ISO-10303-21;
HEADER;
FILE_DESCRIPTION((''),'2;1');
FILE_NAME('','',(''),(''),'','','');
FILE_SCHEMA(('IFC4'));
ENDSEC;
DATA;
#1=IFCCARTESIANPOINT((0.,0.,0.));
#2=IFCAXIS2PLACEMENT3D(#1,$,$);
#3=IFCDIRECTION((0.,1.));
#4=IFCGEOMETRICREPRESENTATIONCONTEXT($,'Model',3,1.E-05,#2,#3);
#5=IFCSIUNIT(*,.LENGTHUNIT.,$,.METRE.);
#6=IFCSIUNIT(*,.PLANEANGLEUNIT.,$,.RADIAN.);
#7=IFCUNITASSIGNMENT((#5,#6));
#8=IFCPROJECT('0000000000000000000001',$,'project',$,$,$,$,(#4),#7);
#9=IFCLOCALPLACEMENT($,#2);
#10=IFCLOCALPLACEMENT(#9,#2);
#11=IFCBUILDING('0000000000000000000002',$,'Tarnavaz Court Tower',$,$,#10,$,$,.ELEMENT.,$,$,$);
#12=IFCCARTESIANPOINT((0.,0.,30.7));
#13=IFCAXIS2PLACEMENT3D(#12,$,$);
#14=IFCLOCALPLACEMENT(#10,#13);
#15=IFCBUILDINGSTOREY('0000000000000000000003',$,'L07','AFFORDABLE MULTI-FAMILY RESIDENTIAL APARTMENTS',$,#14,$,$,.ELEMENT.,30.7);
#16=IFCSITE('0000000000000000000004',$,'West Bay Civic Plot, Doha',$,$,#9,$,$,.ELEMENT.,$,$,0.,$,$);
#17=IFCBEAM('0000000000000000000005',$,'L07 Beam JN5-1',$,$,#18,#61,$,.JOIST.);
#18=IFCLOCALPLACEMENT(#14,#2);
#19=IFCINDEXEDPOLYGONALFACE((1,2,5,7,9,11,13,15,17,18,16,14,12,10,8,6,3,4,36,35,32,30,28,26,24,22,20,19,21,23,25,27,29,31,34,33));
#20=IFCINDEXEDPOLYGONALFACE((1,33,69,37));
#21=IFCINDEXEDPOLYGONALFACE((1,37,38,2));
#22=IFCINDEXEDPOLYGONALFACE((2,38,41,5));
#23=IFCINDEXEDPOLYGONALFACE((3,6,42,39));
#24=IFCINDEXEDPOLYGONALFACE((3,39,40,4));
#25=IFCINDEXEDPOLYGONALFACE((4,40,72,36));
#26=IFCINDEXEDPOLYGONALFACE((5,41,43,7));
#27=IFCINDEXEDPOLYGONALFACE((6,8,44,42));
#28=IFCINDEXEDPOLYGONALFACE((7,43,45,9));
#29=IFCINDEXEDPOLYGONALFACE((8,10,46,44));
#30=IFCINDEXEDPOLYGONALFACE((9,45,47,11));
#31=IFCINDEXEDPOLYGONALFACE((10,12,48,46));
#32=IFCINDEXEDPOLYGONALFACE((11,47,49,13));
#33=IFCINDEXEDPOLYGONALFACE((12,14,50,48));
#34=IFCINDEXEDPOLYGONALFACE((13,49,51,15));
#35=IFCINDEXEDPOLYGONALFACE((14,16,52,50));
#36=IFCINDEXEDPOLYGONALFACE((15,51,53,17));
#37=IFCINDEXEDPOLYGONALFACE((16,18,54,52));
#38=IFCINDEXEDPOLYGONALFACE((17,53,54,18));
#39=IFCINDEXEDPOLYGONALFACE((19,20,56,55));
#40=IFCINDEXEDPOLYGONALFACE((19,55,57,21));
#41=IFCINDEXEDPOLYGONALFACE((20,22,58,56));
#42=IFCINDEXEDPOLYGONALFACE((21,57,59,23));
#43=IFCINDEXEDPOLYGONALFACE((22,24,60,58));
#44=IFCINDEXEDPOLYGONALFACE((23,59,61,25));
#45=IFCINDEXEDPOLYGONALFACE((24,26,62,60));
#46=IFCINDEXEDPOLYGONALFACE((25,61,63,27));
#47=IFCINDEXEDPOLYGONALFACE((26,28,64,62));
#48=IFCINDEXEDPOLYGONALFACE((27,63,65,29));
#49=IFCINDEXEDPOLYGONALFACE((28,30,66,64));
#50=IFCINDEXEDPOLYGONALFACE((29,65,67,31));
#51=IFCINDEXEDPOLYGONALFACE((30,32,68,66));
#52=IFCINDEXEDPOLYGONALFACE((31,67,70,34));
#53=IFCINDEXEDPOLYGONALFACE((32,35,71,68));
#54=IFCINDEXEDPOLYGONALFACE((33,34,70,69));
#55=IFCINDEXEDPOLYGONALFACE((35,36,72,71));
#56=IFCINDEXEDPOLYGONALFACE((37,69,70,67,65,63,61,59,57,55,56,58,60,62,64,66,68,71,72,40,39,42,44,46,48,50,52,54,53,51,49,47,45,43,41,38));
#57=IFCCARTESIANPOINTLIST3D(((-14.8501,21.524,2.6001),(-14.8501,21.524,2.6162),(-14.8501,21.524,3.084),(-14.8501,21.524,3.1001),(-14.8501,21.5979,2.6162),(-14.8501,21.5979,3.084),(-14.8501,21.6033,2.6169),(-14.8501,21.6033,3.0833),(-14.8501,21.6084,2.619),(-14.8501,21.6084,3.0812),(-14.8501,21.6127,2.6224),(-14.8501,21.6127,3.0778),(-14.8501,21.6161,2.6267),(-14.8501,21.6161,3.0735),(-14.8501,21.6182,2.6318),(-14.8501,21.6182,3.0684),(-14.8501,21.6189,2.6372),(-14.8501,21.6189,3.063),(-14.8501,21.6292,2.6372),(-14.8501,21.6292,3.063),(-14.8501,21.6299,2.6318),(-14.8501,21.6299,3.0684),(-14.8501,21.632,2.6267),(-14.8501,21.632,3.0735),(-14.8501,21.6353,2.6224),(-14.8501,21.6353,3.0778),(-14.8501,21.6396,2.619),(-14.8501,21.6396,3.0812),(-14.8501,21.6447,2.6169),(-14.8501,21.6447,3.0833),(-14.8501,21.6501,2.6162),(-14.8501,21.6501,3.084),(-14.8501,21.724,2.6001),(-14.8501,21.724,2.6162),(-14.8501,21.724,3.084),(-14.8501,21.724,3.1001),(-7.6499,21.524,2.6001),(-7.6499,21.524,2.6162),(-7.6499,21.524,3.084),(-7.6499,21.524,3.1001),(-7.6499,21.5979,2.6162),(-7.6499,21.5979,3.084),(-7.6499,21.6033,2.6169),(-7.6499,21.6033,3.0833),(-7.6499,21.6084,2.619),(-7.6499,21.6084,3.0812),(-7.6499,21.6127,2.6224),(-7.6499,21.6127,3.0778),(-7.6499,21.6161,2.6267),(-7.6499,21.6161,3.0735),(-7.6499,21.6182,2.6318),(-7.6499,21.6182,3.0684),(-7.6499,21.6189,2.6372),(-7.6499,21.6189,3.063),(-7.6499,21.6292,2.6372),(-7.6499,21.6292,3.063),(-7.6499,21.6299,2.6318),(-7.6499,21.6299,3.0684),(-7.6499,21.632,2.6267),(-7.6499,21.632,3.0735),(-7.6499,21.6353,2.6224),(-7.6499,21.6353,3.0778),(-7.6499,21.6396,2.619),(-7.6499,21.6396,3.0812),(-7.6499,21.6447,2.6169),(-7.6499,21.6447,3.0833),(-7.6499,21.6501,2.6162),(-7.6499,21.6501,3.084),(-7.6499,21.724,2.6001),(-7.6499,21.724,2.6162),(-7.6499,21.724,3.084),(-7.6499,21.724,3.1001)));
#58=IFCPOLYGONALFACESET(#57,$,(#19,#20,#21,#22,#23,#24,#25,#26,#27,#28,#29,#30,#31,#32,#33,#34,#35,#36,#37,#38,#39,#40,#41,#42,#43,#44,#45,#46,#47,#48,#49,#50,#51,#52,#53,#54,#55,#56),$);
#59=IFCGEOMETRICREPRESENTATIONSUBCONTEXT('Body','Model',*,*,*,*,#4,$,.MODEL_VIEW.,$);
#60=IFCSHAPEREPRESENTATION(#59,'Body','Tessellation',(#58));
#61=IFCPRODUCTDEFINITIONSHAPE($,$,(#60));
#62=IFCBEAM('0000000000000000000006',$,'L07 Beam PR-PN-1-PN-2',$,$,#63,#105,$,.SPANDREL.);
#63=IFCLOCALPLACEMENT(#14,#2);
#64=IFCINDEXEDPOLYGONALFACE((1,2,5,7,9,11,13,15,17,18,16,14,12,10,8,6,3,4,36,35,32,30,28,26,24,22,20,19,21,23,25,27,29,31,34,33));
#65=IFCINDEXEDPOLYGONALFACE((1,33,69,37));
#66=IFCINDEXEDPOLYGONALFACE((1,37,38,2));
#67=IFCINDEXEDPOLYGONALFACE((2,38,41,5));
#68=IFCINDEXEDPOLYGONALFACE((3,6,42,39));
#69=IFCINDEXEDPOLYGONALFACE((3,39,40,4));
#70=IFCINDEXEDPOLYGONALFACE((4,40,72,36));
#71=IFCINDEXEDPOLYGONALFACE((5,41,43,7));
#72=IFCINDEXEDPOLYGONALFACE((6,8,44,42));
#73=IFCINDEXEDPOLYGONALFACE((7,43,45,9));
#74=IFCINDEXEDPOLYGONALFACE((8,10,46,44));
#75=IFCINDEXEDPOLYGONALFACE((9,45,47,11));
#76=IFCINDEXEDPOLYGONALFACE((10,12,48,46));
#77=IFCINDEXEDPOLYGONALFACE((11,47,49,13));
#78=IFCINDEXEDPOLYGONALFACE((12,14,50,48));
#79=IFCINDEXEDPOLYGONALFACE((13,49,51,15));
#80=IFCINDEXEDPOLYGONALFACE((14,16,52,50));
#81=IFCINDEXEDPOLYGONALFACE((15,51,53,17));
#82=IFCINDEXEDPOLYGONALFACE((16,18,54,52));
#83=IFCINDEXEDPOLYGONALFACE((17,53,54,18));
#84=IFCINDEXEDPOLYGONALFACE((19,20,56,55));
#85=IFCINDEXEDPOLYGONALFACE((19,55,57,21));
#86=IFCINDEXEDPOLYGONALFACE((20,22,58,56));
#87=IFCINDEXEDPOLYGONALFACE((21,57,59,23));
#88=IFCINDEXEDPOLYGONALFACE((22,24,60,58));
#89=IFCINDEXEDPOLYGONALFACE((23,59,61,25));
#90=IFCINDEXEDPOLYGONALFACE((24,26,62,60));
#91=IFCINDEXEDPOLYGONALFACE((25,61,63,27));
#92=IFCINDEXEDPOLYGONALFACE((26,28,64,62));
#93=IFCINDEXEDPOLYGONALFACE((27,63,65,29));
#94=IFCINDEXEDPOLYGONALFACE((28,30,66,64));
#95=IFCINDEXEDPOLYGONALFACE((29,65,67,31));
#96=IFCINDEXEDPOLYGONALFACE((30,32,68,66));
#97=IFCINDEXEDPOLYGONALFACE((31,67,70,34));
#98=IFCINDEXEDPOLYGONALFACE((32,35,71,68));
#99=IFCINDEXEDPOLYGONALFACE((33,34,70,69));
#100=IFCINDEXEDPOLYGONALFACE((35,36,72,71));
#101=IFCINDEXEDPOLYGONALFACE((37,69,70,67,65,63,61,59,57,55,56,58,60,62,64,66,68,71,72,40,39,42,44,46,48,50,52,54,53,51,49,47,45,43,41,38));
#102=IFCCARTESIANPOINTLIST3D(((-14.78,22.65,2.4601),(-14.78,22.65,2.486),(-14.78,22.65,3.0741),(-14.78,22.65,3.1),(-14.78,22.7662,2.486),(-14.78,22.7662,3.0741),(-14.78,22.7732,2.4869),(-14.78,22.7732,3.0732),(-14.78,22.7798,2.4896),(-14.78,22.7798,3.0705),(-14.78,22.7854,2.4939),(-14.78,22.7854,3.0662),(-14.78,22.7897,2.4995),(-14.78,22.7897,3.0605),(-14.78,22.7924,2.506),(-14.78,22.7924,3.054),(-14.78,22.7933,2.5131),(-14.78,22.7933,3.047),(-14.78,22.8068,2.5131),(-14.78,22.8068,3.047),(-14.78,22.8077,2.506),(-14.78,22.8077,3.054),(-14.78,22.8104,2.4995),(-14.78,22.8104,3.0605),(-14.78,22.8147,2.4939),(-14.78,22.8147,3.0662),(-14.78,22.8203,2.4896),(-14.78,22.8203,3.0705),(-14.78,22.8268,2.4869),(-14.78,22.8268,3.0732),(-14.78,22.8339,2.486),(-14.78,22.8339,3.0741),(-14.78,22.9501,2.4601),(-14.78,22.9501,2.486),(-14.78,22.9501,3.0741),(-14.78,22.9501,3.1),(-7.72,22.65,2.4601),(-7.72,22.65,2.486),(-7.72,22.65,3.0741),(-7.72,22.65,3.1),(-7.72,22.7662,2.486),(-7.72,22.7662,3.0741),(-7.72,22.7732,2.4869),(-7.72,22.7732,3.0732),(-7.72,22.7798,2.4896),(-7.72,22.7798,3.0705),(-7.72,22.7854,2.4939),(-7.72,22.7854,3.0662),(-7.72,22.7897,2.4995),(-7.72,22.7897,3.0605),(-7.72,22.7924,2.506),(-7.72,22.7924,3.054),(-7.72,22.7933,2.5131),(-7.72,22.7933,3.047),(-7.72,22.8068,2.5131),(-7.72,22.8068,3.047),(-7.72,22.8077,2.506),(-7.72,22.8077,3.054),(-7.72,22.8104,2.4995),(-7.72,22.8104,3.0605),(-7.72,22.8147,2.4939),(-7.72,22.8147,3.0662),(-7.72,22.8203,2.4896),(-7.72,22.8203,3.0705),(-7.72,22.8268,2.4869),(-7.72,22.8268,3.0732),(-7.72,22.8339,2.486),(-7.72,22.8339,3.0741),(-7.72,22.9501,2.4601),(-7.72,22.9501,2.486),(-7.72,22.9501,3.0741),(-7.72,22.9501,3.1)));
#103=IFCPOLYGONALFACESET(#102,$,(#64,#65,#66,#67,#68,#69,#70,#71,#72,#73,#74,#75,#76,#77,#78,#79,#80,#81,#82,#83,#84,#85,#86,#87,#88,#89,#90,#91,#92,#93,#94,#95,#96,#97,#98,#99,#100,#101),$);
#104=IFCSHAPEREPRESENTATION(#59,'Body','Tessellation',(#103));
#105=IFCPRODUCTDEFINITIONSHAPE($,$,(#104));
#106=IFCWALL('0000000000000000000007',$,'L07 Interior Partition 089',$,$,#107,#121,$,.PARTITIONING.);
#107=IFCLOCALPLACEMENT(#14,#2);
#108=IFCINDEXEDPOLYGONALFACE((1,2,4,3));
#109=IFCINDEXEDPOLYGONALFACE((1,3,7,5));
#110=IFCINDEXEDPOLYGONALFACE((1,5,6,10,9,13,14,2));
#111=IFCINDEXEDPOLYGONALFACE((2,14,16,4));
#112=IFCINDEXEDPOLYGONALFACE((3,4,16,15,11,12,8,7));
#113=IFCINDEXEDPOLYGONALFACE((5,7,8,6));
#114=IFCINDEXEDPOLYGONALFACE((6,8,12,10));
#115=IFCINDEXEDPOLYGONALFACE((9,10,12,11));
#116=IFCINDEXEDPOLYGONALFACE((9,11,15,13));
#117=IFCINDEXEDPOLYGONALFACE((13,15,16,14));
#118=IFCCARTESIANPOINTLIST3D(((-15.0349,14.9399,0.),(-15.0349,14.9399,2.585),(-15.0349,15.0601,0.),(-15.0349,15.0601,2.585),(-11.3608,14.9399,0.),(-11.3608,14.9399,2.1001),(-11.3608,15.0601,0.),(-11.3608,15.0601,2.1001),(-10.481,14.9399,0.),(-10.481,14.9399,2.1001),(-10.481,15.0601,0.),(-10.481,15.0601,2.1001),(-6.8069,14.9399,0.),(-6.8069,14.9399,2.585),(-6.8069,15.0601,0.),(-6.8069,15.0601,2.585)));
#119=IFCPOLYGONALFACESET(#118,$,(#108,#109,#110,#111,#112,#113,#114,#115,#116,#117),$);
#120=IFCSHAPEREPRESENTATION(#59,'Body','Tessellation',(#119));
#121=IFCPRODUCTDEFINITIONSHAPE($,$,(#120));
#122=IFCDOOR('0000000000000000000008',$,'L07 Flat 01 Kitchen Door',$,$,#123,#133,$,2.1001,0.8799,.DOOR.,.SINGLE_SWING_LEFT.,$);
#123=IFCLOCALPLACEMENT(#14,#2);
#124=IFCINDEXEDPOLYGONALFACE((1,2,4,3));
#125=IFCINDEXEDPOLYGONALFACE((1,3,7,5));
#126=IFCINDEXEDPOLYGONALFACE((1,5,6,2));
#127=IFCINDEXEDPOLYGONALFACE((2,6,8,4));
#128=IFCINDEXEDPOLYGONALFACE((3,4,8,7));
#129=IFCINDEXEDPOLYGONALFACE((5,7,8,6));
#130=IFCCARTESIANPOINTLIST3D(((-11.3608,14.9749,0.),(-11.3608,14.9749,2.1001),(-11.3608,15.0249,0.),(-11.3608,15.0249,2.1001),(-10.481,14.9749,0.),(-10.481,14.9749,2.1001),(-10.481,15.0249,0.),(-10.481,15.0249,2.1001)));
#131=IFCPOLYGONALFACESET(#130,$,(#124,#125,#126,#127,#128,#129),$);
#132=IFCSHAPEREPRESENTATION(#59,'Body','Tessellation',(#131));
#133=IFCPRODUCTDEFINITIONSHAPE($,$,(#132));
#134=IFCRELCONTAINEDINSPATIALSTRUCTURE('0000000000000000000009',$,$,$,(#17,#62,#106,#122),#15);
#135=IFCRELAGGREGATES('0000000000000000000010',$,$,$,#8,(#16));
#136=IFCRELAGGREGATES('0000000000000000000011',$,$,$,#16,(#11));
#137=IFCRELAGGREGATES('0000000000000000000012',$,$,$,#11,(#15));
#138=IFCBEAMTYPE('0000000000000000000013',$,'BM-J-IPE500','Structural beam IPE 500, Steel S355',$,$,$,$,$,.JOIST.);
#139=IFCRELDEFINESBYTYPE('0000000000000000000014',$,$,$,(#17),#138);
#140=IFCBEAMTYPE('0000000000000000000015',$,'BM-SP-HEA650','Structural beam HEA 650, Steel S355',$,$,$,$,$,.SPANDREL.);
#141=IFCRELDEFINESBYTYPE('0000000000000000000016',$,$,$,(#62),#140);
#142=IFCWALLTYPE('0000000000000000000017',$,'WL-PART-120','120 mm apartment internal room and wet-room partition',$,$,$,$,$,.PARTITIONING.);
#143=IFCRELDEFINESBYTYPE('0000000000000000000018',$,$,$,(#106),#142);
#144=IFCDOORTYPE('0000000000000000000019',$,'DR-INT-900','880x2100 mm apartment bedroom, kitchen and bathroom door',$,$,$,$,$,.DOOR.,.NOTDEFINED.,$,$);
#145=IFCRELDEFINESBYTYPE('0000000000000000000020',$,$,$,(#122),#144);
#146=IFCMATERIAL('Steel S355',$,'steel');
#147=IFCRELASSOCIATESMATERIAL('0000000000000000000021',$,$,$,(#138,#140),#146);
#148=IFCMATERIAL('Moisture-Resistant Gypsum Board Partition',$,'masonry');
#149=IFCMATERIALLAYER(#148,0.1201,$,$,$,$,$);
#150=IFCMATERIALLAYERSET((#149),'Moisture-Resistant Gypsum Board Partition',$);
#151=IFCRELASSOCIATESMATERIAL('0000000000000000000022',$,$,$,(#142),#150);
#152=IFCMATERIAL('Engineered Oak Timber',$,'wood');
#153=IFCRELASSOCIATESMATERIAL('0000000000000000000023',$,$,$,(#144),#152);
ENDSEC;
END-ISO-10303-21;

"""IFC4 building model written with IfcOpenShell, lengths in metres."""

from ifc_helpers import new_model, si_unit, direction, frame, frame_2d, origin, origin_2d, place, context, subcontext, project, spatial, rectangle, i_section, extrude, material, layer, layer_set, material_profile, profile_set, type_object, element, fill, save


model = new_model("IFC4")

# Units and contexts
model_context = context("Model", 3, precision=1e-05, world=origin(), true_north=direction((0.0, 1.0)))
body_context = subcontext(model_context, "Body", "Model", "MODEL_VIEW")
ifc_project = project(units=[si_unit("LENGTHUNIT", "METRE"), si_unit("PLANEANGLEUNIT", "RADIAN")], contexts=[model_context])

# Site, building, storey
site_placement = place(None, origin())
site = spatial("IfcSite", under=ifc_project, at=site_placement, Name="West Bay Civic Plot, Doha", CompositionType="ELEMENT", RefElevation=0.0)
building_placement = place(site_placement, origin())
building = spatial("IfcBuilding", under=site, at=building_placement, Name="Tarnavaz Court Tower", CompositionType="ELEMENT")
storey_placement = place(building_placement, frame((0.0, 0.0, 30.7)))
storey = spatial("IfcBuildingStorey", under=building, at=storey_placement, Name="L07", Description="AFFORDABLE MULTI-FAMILY RESIDENTIAL APARTMENTS", CompositionType="ELEMENT", Elevation=30.7)

# Beams
ifc_material_1 = material(Name="Steel S355", Category="steel")
ifc_material_profile_1 = material_profile(ifc_material_1, i_section(OverallWidth=0.2, OverallDepth=0.5, WebThickness=0.0103, FlangeThickness=0.0161, FilletRadius=0.021, at=origin_2d()), Name="IPE 500")
ifc_profile_set_1 = profile_set([ifc_material_profile_1], Name="Steel S355")
beam_type_1 = type_object("IfcBeamType", Name="BM-J-IPE500", Description="Structural beam IPE 500, Steel S355", PredefinedType="JOIST", material=ifc_profile_set_1)
for number, where, z_axis, x_axis, name in (
    (1, (-14.8501, 21.624, 2.8501), (1.0, 0.0, 0.0), (0.0, 1.0, 0.0), "L07 Beam JN5-1"),
):
    element("IfcBeam", number, at=place(storey_placement, frame(where, z_axis=z_axis, x_axis=x_axis)), inside=storey, type_object=beam_type_1, Name=name, PredefinedType="JOIST", context=body_context, shape_type="SweptSolid", body=[
        extrude(i_section(OverallWidth=0.2, OverallDepth=0.5, WebThickness=0.0103, FlangeThickness=0.0161, FilletRadius=0.021, at=origin_2d()), origin(), (0.0, 0.0, 1.0), 7.2002),
    ])
ifc_material_profile_2 = material_profile(ifc_material_1, i_section(OverallWidth=0.3, OverallDepth=0.6399, WebThickness=0.0134, FlangeThickness=0.0259, FilletRadius=0.0271, at=origin_2d()), Name="HEA 650")
ifc_profile_set_2 = profile_set([ifc_material_profile_2], Name="Steel S355")
beam_type_2 = type_object("IfcBeamType", Name="BM-SP-HEA650", Description="Structural beam HEA 650, Steel S355", PredefinedType="SPANDREL", material=ifc_profile_set_2)
beam_placement = place(storey_placement, frame((-14.78, 22.8, 2.78), z_axis=(1.0, 0.0, 0.0), x_axis=(0.0, 1.0, 0.0)))
element("IfcBeam", 2, at=beam_placement, inside=storey, type_object=beam_type_2, Name="L07 Beam PR-PN-1-PN-2", PredefinedType="SPANDREL", context=body_context, shape_type="SweptSolid", body=[
    extrude(i_section(OverallWidth=0.3, OverallDepth=0.6399, WebThickness=0.0134, FlangeThickness=0.0259, FilletRadius=0.0271, at=origin_2d()), origin(), (0.0, 0.0, 1.0), 7.0601),
])

# Wall, opening, door
ifc_material_2 = material(Name="Moisture-Resistant Gypsum Board Partition", Category="masonry")
ifc_layer = layer(ifc_material_2, 0.1201)
ifc_layer_set = layer_set([ifc_layer], Name="Moisture-Resistant Gypsum Board Partition")
wall_type = type_object("IfcWallType", Name="WL-PART-120", Description="120 mm apartment internal room and wet-room partition", PredefinedType="PARTITIONING", material=ifc_layer_set)
wall_1_placement = place(storey_placement, frame((-15.0349, 15.0, 0.0), z_axis=(0.0, 0.0, 1.0), x_axis=(1.0, 0.0, 0.0)))
wall_1 = element("IfcWall", 3, at=wall_1_placement, inside=storey, type_object=wall_type, Name="L07 Interior Partition 089", PredefinedType="PARTITIONING", context=body_context, shape_type="SweptSolid", body=[
    extrude(rectangle(XDim=8.228, YDim=0.1201, at=frame_2d((4.114, 0.0))), origin(), (0.0, 0.0, 1.0), 2.585),
])
opening_1_placement = place(wall_1_placement, frame((3.6741, 0.0, 0.0)))
opening_1 = element("IfcOpeningElement", 4, at=opening_1_placement, cuts=wall_1, PredefinedType="OPENING", context=body_context, shape_type="SweptSolid", body=[
    extrude(rectangle(XDim=0.8799, YDim=2.1001, at=frame_2d((0.4399, 1.05))), frame((0.0, 0.0701, 0.0), z_axis=(0.0, -1.0, 0.0), x_axis=(1.0, 0.0, 0.0)), (0.0, 0.0, 1.0), 0.1401),
])
ifc_material_3 = material(Name="Engineered Oak Timber", Category="wood")
door_type = type_object("IfcDoorType", Name="DR-INT-900", Description="880x2100 mm apartment bedroom, kitchen and bathroom door", OperationType="NOTDEFINED", PredefinedType="DOOR", material=ifc_material_3)
door_1_placement = place(opening_1_placement, origin())
door_1 = element("IfcDoor", 5, at=door_1_placement, inside=storey, type_object=door_type, Name="L07 Flat 01 Kitchen Door", OperationType="SINGLE_SWING_LEFT", OverallHeight=2.1001, OverallWidth=0.8799, PredefinedType="DOOR", context=body_context, shape_type="SweptSolid", body=[
    extrude(rectangle(XDim=0.8799, YDim=2.1001, at=frame_2d((0.4399, 1.05))), frame((0.0, 0.0249, 0.0), z_axis=(0.0, -1.0, 0.0), x_axis=(1.0, 0.0, 0.0)), (0.0, 0.0, 1.0), 0.05),
])
fill(opening_1, door_1)

save(model, "model.ifc")
